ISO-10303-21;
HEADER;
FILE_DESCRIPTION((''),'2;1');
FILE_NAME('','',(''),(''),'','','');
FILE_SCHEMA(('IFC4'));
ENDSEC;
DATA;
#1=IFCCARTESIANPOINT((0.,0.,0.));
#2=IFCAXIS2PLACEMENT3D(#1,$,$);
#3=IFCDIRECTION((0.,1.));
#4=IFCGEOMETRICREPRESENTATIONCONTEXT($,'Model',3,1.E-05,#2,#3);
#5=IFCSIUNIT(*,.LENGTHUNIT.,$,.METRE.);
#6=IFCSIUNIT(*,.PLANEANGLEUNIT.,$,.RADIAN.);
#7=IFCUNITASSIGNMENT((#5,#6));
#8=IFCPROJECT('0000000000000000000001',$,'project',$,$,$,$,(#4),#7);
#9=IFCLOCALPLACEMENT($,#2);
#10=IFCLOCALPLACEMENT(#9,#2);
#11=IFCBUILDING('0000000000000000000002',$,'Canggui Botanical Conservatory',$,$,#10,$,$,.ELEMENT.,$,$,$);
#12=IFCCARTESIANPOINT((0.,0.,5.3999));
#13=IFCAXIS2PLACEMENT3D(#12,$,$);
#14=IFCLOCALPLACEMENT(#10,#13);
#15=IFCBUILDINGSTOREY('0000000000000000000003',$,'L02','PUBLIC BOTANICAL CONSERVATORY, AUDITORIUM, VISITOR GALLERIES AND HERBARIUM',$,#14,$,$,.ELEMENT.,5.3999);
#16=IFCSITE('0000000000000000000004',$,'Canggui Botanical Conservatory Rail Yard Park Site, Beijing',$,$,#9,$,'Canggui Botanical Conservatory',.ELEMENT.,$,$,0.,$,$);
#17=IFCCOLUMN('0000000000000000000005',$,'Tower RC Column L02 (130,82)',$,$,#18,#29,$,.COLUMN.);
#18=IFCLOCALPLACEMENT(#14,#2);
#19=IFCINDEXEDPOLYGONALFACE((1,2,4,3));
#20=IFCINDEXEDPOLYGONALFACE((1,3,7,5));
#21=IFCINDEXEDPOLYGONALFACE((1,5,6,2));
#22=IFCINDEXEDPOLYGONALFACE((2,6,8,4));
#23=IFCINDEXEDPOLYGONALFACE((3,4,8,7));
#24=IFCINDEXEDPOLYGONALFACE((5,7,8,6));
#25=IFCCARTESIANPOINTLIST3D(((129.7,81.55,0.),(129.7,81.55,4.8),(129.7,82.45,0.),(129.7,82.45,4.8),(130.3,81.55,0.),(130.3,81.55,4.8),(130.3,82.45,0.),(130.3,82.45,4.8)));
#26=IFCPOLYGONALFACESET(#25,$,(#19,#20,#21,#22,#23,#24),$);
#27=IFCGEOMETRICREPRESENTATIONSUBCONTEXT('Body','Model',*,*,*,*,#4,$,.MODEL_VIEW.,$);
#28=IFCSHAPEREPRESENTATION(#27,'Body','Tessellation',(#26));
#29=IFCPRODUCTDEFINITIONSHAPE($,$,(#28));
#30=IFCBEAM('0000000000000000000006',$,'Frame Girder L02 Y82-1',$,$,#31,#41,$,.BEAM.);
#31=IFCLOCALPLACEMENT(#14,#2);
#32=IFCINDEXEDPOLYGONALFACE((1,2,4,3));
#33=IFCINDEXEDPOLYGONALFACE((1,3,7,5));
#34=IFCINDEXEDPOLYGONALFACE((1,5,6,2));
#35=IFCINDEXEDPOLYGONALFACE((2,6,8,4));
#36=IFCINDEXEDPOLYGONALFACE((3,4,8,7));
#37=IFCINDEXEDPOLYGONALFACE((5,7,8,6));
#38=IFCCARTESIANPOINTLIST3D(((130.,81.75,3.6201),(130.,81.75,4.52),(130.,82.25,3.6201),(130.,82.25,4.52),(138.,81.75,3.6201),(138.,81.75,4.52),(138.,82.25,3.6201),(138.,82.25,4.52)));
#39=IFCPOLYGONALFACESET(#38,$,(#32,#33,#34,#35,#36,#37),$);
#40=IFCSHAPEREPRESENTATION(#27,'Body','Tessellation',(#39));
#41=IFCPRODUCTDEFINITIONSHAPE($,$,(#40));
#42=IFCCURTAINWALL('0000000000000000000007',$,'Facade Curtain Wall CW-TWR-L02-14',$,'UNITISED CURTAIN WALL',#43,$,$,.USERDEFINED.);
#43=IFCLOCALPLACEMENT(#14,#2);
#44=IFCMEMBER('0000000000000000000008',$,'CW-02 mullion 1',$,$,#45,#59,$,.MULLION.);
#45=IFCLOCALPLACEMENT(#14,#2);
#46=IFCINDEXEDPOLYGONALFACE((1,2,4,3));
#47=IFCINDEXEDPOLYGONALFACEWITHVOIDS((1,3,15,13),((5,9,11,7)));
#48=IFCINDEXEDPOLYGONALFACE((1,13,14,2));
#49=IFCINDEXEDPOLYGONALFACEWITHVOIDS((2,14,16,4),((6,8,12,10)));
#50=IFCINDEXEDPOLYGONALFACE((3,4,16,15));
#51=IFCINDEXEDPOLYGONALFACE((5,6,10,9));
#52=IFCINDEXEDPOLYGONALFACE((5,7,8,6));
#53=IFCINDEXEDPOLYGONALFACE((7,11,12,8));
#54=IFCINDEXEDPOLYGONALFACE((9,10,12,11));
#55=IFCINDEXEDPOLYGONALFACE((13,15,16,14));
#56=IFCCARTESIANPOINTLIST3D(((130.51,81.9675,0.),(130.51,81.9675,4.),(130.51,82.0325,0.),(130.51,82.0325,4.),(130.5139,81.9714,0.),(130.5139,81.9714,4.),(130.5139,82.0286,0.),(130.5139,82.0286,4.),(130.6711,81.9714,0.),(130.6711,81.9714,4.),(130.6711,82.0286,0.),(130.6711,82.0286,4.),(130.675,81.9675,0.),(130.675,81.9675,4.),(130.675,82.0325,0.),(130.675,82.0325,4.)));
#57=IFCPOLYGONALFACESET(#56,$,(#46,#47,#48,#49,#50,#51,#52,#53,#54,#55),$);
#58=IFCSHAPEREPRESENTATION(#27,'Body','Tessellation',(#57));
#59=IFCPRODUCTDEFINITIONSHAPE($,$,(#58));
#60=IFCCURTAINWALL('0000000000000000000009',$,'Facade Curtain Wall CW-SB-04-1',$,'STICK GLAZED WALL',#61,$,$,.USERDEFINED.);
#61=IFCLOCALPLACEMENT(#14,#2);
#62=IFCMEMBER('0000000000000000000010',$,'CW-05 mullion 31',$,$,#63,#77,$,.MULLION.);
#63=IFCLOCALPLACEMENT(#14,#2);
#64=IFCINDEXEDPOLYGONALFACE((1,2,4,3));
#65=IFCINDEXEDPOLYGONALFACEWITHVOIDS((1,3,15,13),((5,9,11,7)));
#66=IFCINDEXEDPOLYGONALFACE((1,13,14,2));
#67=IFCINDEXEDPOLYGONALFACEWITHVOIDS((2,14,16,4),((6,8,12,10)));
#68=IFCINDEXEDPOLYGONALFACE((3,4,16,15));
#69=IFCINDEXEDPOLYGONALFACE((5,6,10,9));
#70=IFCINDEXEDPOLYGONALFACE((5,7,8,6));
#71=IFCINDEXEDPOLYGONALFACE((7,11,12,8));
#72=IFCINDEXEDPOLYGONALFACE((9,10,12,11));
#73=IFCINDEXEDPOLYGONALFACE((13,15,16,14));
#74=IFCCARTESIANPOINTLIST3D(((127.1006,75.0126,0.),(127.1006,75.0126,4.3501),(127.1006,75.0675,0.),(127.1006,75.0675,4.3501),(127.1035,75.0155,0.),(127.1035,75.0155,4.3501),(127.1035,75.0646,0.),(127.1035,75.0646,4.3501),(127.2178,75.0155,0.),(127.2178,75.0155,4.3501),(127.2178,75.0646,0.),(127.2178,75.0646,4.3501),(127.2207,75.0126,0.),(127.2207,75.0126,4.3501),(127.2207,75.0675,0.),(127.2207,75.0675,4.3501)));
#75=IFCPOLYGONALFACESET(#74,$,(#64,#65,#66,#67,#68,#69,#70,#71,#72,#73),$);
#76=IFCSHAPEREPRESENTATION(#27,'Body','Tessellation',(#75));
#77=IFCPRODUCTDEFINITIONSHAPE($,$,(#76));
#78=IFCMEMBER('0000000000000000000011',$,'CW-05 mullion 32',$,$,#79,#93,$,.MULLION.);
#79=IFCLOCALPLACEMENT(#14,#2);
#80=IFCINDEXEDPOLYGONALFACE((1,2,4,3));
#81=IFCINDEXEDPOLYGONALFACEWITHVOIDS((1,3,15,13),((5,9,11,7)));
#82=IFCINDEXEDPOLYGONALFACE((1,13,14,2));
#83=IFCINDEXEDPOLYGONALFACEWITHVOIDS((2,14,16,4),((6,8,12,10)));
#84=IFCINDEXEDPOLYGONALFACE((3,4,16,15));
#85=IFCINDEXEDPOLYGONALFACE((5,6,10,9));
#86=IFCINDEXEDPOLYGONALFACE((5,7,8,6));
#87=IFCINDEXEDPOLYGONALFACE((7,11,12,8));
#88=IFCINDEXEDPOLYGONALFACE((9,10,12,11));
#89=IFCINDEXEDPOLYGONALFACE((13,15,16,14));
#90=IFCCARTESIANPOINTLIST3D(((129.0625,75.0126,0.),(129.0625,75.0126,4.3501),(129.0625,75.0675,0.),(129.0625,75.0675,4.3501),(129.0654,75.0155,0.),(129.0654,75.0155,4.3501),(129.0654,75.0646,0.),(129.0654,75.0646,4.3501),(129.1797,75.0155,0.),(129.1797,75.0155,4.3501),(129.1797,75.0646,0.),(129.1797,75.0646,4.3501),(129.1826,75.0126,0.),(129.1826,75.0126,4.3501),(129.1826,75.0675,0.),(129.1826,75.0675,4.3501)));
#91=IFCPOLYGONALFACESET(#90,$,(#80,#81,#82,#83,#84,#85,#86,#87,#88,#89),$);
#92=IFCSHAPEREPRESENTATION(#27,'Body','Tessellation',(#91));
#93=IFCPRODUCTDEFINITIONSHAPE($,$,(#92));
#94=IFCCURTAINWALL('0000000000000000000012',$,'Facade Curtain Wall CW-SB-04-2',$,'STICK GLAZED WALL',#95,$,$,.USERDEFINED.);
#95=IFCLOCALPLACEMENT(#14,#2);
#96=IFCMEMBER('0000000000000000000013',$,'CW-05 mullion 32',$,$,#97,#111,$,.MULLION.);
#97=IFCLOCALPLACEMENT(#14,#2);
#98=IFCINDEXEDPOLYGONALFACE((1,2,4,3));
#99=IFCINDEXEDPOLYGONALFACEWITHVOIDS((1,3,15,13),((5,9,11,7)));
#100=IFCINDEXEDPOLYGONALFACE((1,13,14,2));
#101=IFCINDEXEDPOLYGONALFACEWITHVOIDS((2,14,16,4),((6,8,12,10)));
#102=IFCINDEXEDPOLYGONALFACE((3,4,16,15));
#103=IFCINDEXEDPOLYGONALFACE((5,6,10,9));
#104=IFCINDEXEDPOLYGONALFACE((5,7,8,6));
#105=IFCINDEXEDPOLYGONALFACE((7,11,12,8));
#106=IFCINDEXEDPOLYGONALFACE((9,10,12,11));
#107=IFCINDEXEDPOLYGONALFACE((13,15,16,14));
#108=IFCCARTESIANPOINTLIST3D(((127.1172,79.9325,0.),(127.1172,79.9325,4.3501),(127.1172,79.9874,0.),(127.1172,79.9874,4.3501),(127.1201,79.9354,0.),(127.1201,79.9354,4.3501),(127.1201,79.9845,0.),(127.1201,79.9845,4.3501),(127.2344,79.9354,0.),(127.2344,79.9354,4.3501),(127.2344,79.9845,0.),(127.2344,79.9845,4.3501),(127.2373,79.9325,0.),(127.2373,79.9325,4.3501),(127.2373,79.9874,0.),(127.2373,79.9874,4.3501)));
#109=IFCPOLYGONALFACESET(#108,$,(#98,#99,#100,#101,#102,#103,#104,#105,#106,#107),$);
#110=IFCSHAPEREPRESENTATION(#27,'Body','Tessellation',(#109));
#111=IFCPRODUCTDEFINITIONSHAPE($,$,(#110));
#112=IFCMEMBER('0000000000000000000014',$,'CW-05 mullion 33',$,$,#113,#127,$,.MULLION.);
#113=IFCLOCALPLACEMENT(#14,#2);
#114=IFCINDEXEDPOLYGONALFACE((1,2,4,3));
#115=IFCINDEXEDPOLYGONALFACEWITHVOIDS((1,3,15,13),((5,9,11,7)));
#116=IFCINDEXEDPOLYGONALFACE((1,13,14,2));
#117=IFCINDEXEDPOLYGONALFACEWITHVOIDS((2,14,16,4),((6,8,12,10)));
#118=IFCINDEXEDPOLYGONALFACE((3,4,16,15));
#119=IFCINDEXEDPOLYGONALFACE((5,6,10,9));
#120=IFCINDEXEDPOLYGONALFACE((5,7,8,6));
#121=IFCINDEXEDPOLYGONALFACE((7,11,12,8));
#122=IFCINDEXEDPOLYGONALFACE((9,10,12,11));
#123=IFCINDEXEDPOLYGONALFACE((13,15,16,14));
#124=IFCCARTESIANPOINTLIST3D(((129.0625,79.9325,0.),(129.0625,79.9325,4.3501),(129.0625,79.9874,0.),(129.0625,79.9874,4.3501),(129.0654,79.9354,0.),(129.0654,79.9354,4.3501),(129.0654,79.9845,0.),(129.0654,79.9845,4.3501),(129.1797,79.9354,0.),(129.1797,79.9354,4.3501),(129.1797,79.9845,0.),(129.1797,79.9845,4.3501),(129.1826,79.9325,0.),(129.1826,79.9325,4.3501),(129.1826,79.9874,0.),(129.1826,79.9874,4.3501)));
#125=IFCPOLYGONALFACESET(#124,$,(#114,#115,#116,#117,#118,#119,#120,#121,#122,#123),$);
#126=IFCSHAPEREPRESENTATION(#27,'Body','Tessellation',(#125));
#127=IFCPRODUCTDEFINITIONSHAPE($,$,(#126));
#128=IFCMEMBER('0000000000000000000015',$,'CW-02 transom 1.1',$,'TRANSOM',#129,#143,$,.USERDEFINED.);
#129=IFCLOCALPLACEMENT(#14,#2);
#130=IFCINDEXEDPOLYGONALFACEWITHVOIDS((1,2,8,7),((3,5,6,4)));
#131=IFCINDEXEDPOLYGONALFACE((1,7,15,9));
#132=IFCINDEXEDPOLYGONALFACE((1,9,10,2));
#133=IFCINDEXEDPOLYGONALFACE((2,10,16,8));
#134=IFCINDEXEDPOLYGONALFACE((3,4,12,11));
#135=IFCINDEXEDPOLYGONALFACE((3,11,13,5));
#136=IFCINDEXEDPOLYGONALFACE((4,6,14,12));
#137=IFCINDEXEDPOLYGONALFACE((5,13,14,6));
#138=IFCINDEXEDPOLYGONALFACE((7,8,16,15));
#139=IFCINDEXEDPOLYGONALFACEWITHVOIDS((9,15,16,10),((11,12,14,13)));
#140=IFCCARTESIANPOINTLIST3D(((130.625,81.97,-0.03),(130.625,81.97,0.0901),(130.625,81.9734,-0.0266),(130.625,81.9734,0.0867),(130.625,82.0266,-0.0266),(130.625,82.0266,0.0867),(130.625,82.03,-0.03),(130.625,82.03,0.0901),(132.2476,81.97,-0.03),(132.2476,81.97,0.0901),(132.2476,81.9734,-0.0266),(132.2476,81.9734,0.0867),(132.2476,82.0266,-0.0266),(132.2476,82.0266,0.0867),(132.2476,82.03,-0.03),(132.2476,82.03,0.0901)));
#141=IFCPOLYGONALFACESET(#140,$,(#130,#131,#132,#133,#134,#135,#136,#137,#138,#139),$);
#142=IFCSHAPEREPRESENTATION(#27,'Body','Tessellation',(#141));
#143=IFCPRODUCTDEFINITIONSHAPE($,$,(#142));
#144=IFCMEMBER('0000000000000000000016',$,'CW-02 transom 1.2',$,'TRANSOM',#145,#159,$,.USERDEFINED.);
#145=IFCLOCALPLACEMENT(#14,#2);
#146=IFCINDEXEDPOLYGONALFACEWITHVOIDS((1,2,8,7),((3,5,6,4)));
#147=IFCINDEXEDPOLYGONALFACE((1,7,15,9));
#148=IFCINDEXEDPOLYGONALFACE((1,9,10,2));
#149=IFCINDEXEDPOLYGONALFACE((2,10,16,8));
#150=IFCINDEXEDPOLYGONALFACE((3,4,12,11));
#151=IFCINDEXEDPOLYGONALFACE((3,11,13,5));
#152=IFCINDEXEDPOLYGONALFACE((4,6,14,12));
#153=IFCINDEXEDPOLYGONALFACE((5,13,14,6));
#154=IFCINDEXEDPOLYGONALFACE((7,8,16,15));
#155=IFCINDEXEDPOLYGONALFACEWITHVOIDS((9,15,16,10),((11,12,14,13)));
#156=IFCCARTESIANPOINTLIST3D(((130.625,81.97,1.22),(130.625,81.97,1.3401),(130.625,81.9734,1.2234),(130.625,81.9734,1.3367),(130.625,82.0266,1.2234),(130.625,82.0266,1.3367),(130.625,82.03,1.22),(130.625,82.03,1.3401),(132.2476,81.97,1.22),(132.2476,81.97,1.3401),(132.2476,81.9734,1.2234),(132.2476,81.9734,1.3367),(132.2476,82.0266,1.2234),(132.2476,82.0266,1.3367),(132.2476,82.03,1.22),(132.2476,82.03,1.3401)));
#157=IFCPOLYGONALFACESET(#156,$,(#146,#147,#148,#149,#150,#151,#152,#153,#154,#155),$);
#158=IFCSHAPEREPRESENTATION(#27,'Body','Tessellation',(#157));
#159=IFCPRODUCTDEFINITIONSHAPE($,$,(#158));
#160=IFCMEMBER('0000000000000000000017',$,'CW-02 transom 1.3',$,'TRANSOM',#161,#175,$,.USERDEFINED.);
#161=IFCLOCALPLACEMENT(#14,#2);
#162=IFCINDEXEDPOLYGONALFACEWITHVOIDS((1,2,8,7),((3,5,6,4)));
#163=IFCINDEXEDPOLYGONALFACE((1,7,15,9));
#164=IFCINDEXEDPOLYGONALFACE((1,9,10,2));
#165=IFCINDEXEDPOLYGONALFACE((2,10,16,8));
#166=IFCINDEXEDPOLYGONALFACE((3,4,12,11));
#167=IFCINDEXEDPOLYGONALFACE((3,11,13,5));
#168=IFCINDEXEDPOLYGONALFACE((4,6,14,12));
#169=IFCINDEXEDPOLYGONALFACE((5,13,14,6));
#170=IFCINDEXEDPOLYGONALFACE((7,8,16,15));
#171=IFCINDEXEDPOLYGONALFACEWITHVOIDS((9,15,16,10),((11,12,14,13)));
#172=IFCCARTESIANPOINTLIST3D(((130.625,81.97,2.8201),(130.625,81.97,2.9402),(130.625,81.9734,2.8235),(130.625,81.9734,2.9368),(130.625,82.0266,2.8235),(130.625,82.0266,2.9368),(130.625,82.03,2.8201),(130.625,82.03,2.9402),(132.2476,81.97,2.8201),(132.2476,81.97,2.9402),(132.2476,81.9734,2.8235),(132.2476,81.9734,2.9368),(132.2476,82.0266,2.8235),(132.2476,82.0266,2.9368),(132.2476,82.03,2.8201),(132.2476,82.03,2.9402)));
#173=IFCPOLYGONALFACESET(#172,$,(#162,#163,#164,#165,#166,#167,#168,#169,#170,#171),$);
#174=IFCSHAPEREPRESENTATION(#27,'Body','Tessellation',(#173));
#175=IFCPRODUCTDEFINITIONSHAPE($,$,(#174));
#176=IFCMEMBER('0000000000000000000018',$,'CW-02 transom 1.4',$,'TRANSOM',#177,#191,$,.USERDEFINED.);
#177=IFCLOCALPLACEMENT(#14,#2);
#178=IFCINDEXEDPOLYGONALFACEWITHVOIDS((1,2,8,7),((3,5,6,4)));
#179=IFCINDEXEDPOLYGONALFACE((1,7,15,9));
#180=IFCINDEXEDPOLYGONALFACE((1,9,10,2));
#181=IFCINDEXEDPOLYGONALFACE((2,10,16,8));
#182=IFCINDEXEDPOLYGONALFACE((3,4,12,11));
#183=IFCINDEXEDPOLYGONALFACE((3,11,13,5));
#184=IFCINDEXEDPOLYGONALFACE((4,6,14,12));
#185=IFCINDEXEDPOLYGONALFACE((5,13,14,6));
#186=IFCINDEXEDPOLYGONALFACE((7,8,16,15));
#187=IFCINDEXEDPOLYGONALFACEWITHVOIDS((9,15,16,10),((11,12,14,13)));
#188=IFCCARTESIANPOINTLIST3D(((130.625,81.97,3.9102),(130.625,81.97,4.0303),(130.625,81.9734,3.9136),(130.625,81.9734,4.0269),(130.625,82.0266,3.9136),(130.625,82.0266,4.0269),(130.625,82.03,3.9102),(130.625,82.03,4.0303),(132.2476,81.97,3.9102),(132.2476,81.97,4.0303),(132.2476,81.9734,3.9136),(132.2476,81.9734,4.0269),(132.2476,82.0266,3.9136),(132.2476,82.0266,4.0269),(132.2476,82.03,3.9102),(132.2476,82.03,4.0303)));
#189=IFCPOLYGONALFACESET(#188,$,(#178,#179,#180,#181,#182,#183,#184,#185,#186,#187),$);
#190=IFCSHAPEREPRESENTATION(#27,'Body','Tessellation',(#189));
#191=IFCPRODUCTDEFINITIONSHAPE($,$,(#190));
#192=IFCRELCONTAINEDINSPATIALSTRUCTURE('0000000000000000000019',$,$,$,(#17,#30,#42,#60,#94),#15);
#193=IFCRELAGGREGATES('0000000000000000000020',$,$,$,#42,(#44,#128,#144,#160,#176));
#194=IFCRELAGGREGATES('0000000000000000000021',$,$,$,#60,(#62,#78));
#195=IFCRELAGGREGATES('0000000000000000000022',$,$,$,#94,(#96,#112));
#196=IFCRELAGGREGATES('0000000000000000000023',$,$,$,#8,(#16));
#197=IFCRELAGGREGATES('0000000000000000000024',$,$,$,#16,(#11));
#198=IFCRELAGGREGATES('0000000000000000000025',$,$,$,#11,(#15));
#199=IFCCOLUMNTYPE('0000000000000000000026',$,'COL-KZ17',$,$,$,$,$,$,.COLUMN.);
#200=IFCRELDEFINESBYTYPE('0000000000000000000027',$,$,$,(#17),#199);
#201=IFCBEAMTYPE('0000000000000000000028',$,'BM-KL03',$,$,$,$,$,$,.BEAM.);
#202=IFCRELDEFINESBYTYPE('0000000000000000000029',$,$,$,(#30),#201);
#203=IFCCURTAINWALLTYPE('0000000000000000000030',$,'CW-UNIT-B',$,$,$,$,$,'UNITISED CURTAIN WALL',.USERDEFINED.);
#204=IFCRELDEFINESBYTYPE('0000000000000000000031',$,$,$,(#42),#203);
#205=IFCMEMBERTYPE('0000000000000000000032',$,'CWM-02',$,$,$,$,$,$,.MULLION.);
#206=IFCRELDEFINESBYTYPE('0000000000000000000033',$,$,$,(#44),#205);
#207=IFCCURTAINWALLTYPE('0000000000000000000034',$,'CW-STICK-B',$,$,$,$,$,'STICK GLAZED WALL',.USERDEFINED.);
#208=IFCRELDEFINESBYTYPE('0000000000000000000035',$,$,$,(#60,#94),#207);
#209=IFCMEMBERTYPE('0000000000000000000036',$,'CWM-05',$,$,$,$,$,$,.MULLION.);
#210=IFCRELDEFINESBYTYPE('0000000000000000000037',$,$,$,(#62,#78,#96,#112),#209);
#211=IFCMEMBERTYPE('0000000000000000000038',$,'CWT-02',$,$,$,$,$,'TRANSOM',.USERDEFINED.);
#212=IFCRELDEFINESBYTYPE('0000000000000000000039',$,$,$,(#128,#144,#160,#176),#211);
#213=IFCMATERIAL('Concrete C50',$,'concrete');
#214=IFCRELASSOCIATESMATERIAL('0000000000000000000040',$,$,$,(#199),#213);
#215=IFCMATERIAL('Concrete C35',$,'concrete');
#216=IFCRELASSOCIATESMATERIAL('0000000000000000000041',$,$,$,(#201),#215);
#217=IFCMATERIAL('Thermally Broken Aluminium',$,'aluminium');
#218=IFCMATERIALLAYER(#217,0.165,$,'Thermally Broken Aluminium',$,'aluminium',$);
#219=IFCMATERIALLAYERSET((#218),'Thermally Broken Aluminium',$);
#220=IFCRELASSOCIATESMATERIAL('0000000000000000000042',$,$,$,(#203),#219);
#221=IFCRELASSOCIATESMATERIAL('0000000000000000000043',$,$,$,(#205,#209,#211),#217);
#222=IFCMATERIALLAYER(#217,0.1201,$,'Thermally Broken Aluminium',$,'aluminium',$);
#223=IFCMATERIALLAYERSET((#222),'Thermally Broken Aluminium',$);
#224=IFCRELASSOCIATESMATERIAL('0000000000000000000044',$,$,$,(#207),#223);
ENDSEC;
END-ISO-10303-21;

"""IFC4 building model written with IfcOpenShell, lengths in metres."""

from ifc_helpers import new_model, si_unit, direction, frame, origin, origin_2d, place, context, subcontext, project, spatial, rectangle, hollow_rectangle, extrude, material, layer, layer_set, material_profile, profile_set, type_object, element, aggregate, save


model = new_model("IFC4")

# Units and contexts
model_context = context("Model", 3, precision=1e-05, world=origin(), true_north=direction((0.0, 1.0)))
body_context = subcontext(model_context, "Body", "Model", "MODEL_VIEW")
ifc_project = project(units=[si_unit("LENGTHUNIT", "METRE"), si_unit("PLANEANGLEUNIT", "RADIAN")], contexts=[model_context])

# Site, building, storey
site_placement = place(None, origin())
site = spatial("IfcSite", under=ifc_project, at=site_placement, Name="Canggui Botanical Conservatory Rail Yard Park Site, Beijing", LongName="Canggui Botanical Conservatory", CompositionType="ELEMENT", RefElevation=0.0)
building_placement = place(site_placement, origin())
building = spatial("IfcBuilding", under=site, at=building_placement, Name="Canggui Botanical Conservatory", CompositionType="ELEMENT")
storey_placement = place(building_placement, frame((0.0, 0.0, 5.3999)))
storey = spatial("IfcBuildingStorey", under=building, at=storey_placement, Name="L02", Description="PUBLIC BOTANICAL CONSERVATORY, AUDITORIUM, VISITOR GALLERIES AND HERBARIUM", CompositionType="ELEMENT", Elevation=5.3999)

# Column
ifc_material_1 = material(Name="Concrete C50", Category="concrete")
ifc_material_profile_1 = material_profile(ifc_material_1, rectangle(XDim=0.6001, YDim=0.8999, at=origin_2d()), Name="RC 600x900")
ifc_profile_set_1 = profile_set([ifc_material_profile_1], Name="Concrete C50")
column_type = type_object("IfcColumnType", Name="COL-KZ17", PredefinedType="COLUMN", material=ifc_profile_set_1)
column_placement = place(storey_placement, frame((130.0, 82.0, 0.0), z_axis=(0.0, 0.0, 1.0), x_axis=(1.0, 0.0, 0.0)))
element("IfcColumn", 1, at=column_placement, inside=storey, type_object=column_type, Name="Tower RC Column L02 (130,82)", PredefinedType="COLUMN", context=body_context, shape_type="SweptSolid", body=[
    extrude(rectangle(XDim=0.6001, YDim=0.8999, at=origin_2d()), origin(), (0.0, 0.0, 1.0), 4.8),
])

# Beam
ifc_material_2 = material(Name="Concrete C35", Category="concrete")
ifc_material_profile_2 = material_profile(ifc_material_2, rectangle(XDim=0.5, YDim=0.8999, at=origin_2d()), Name="RB 500x900")
ifc_profile_set_2 = profile_set([ifc_material_profile_2], Name="Concrete C35")
beam_type = type_object("IfcBeamType", Name="BM-KL03", PredefinedType="BEAM", material=ifc_profile_set_2)
beam_placement = place(storey_placement, frame((130.0, 82.0, 4.0701), z_axis=(1.0, 0.0, 0.0), x_axis=(0.0, 1.0, 0.0)))
element("IfcBeam", 2, at=beam_placement, inside=storey, type_object=beam_type, Name="Frame Girder L02 Y82-1", PredefinedType="BEAM", context=body_context, shape_type="SweptSolid", body=[
    extrude(rectangle(XDim=0.5, YDim=0.8999, at=origin_2d()), origin(), (0.0, 0.0, 1.0), 8.0),
])

# Curtain wall, member
ifc_material_3 = material(Name="Thermally Broken Aluminium", Category="aluminium")
ifc_layer_1 = layer(ifc_material_3, 0.165, Name="Thermally Broken Aluminium", Category="aluminium")
ifc_layer_set_1 = layer_set([ifc_layer_1], Name="Thermally Broken Aluminium")
curtain_wall_type_1 = type_object("IfcCurtainWallType", Name="CW-UNIT-B", ElementType="UNITISED CURTAIN WALL", PredefinedType="USERDEFINED", material=ifc_layer_set_1)
curtain_wall_1_placement = place(storey_placement, origin())
curtain_wall_1 = element("IfcCurtainWall", 3, at=curtain_wall_1_placement, inside=storey, type_object=curtain_wall_type_1, Name="Facade Curtain Wall CW-TWR-L02-14", ObjectType="UNITISED CURTAIN WALL", PredefinedType="USERDEFINED")
ifc_material_profile_3 = material_profile(ifc_material_3, hollow_rectangle(XDim=0.0649, YDim=0.165, WallThickness=0.0039, at=origin_2d()), Name="CWM 65x165x4")
ifc_profile_set_3 = profile_set([ifc_material_profile_3], Name="Thermally Broken Aluminium")
member_type_1 = type_object("IfcMemberType", Name="CWM-02", PredefinedType="MULLION", material=ifc_profile_set_3)
member_1_placement = place(storey_placement, frame((130.5925, 82.0, 0.0), z_axis=(0.0, 0.0, 1.0), x_axis=(0.0, 1.0, 0.0)))
member_1 = element("IfcMember", 4, at=member_1_placement, type_object=member_type_1, Name="CW-02 mullion 1", PredefinedType="MULLION", context=body_context, shape_type="SweptSolid", body=[
    extrude(hollow_rectangle(XDim=0.0649, YDim=0.165, WallThickness=0.0039, at=origin_2d()), origin(), (0.0, 0.0, 1.0), 4.0),
])

# Curtain walls, members
ifc_layer_2 = layer(ifc_material_3, 0.1201, Name="Thermally Broken Aluminium", Category="aluminium")
ifc_layer_set_2 = layer_set([ifc_layer_2], Name="Thermally Broken Aluminium")
curtain_wall_type_2 = type_object("IfcCurtainWallType", Name="CW-STICK-B", ElementType="STICK GLAZED WALL", PredefinedType="USERDEFINED", material=ifc_layer_set_2)
curtain_wall_2_placement = place(storey_placement, origin())
curtain_wall_2 = element("IfcCurtainWall", 5, at=curtain_wall_2_placement, inside=storey, type_object=curtain_wall_type_2, Name="Facade Curtain Wall CW-SB-04-1", ObjectType="STICK GLAZED WALL", PredefinedType="USERDEFINED")
ifc_material_profile_4 = material_profile(ifc_material_3, hollow_rectangle(XDim=0.0549, YDim=0.1201, WallThickness=0.0029, at=origin_2d()), Name="CWM 55x120x3")
ifc_profile_set_4 = profile_set([ifc_material_profile_4], Name="Thermally Broken Aluminium")
member_type_2 = type_object("IfcMemberType", Name="CWM-05", PredefinedType="MULLION", material=ifc_profile_set_4)
member_2_placement = place(storey_placement, frame((127.1606, 75.04, 0.0), z_axis=(0.0, 0.0, 1.0), x_axis=(0.0, 1.0, 0.0)))
member_2 = element("IfcMember", 6, at=member_2_placement, type_object=member_type_2, Name="CW-05 mullion 31", PredefinedType="MULLION", context=body_context, shape_type="SweptSolid", body=[
    extrude(hollow_rectangle(XDim=0.0549, YDim=0.1201, WallThickness=0.0029, at=origin_2d()), origin(), (0.0, 0.0, 1.0), 4.3501),
])
member_3_placement = place(storey_placement, frame((129.1226, 75.04, 0.0), z_axis=(0.0, 0.0, 1.0), x_axis=(0.0, 1.0, 0.0)))
member_3 = element("IfcMember", 7, at=member_3_placement, type_object=member_type_2, Name="CW-05 mullion 32", PredefinedType="MULLION", context=body_context, shape_type="SweptSolid", body=[
    extrude(hollow_rectangle(XDim=0.0549, YDim=0.1201, WallThickness=0.0029, at=origin_2d()), origin(), (0.0, 0.0, 1.0), 4.3501),
])
curtain_wall_3_placement = place(storey_placement, origin())
curtain_wall_3 = element("IfcCurtainWall", 8, at=curtain_wall_3_placement, inside=storey, type_object=curtain_wall_type_2, Name="Facade Curtain Wall CW-SB-04-2", ObjectType="STICK GLAZED WALL", PredefinedType="USERDEFINED")
member_4_placement = place(storey_placement, frame((127.1772, 79.96, 0.0), z_axis=(0.0, 0.0, 1.0), x_axis=(0.0, 1.0, 0.0)))
member_4 = element("IfcMember", 9, at=member_4_placement, type_object=member_type_2, Name="CW-05 mullion 32", PredefinedType="MULLION", context=body_context, shape_type="SweptSolid", body=[
    extrude(hollow_rectangle(XDim=0.0549, YDim=0.1201, WallThickness=0.0029, at=origin_2d()), origin(), (0.0, 0.0, 1.0), 4.3501),
])
member_5_placement = place(storey_placement, frame((129.1226, 79.96, 0.0), z_axis=(0.0, 0.0, 1.0), x_axis=(0.0, 1.0, 0.0)))
member_5 = element("IfcMember", 10, at=member_5_placement, type_object=member_type_2, Name="CW-05 mullion 33", PredefinedType="MULLION", context=body_context, shape_type="SweptSolid", body=[
    extrude(hollow_rectangle(XDim=0.0549, YDim=0.1201, WallThickness=0.0029, at=origin_2d()), origin(), (0.0, 0.0, 1.0), 4.3501),
])

# Members
ifc_material_profile_5 = material_profile(ifc_material_3, hollow_rectangle(XDim=0.0601, YDim=0.1201, WallThickness=0.0034, at=origin_2d()), Name="CWT 60x120x3.5")
ifc_profile_set_5 = profile_set([ifc_material_profile_5], Name="Thermally Broken Aluminium")
member_type_3 = type_object("IfcMemberType", Name="CWT-02", ElementType="TRANSOM", PredefinedType="USERDEFINED", material=ifc_profile_set_5)
member_6_placement = place(storey_placement, frame((130.625, 82.0, 0.03), z_axis=(1.0, 0.0, 0.0), x_axis=(0.0, 1.0, 0.0)))
member_6 = element("IfcMember", 11, at=member_6_placement, type_object=member_type_3, Name="CW-02 transom 1.1", ObjectType="TRANSOM", PredefinedType="USERDEFINED", context=body_context, shape_type="SweptSolid", body=[
    extrude(hollow_rectangle(XDim=0.0601, YDim=0.1201, WallThickness=0.0034, at=origin_2d()), origin(), (0.0, 0.0, 1.0), 1.6226),
])
member_7_placement = place(storey_placement, frame((130.625, 82.0, 1.28), z_axis=(1.0, 0.0, 0.0), x_axis=(0.0, 1.0, 0.0)))
member_7 = element("IfcMember", 12, at=member_7_placement, type_object=member_type_3, Name="CW-02 transom 1.2", ObjectType="TRANSOM", PredefinedType="USERDEFINED", context=body_context, shape_type="SweptSolid", body=[
    extrude(hollow_rectangle(XDim=0.0601, YDim=0.1201, WallThickness=0.0034, at=origin_2d()), origin(), (0.0, 0.0, 1.0), 1.6226),
])
member_8_placement = place(storey_placement, frame((130.625, 82.0, 2.8801), z_axis=(1.0, 0.0, 0.0), x_axis=(0.0, 1.0, 0.0)))
member_8 = element("IfcMember", 13, at=member_8_placement, type_object=member_type_3, Name="CW-02 transom 1.3", ObjectType="TRANSOM", PredefinedType="USERDEFINED", context=body_context, shape_type="SweptSolid", body=[
    extrude(hollow_rectangle(XDim=0.0601, YDim=0.1201, WallThickness=0.0034, at=origin_2d()), origin(), (0.0, 0.0, 1.0), 1.6226),
])
member_9_placement = place(storey_placement, frame((130.625, 82.0, 3.9702), z_axis=(1.0, 0.0, 0.0), x_axis=(0.0, 1.0, 0.0)))
member_9 = element("IfcMember", 14, at=member_9_placement, type_object=member_type_3, Name="CW-02 transom 1.4", ObjectType="TRANSOM", PredefinedType="USERDEFINED", context=body_context, shape_type="SweptSolid", body=[
    extrude(hollow_rectangle(XDim=0.0601, YDim=0.1201, WallThickness=0.0034, at=origin_2d()), origin(), (0.0, 0.0, 1.0), 1.6226),
])

aggregate(curtain_wall_1, [member_1, member_6, member_7, member_8, member_9])
aggregate(curtain_wall_2, [member_2, member_3])
aggregate(curtain_wall_3, [member_4, member_5])

save(model, "model.ifc")
